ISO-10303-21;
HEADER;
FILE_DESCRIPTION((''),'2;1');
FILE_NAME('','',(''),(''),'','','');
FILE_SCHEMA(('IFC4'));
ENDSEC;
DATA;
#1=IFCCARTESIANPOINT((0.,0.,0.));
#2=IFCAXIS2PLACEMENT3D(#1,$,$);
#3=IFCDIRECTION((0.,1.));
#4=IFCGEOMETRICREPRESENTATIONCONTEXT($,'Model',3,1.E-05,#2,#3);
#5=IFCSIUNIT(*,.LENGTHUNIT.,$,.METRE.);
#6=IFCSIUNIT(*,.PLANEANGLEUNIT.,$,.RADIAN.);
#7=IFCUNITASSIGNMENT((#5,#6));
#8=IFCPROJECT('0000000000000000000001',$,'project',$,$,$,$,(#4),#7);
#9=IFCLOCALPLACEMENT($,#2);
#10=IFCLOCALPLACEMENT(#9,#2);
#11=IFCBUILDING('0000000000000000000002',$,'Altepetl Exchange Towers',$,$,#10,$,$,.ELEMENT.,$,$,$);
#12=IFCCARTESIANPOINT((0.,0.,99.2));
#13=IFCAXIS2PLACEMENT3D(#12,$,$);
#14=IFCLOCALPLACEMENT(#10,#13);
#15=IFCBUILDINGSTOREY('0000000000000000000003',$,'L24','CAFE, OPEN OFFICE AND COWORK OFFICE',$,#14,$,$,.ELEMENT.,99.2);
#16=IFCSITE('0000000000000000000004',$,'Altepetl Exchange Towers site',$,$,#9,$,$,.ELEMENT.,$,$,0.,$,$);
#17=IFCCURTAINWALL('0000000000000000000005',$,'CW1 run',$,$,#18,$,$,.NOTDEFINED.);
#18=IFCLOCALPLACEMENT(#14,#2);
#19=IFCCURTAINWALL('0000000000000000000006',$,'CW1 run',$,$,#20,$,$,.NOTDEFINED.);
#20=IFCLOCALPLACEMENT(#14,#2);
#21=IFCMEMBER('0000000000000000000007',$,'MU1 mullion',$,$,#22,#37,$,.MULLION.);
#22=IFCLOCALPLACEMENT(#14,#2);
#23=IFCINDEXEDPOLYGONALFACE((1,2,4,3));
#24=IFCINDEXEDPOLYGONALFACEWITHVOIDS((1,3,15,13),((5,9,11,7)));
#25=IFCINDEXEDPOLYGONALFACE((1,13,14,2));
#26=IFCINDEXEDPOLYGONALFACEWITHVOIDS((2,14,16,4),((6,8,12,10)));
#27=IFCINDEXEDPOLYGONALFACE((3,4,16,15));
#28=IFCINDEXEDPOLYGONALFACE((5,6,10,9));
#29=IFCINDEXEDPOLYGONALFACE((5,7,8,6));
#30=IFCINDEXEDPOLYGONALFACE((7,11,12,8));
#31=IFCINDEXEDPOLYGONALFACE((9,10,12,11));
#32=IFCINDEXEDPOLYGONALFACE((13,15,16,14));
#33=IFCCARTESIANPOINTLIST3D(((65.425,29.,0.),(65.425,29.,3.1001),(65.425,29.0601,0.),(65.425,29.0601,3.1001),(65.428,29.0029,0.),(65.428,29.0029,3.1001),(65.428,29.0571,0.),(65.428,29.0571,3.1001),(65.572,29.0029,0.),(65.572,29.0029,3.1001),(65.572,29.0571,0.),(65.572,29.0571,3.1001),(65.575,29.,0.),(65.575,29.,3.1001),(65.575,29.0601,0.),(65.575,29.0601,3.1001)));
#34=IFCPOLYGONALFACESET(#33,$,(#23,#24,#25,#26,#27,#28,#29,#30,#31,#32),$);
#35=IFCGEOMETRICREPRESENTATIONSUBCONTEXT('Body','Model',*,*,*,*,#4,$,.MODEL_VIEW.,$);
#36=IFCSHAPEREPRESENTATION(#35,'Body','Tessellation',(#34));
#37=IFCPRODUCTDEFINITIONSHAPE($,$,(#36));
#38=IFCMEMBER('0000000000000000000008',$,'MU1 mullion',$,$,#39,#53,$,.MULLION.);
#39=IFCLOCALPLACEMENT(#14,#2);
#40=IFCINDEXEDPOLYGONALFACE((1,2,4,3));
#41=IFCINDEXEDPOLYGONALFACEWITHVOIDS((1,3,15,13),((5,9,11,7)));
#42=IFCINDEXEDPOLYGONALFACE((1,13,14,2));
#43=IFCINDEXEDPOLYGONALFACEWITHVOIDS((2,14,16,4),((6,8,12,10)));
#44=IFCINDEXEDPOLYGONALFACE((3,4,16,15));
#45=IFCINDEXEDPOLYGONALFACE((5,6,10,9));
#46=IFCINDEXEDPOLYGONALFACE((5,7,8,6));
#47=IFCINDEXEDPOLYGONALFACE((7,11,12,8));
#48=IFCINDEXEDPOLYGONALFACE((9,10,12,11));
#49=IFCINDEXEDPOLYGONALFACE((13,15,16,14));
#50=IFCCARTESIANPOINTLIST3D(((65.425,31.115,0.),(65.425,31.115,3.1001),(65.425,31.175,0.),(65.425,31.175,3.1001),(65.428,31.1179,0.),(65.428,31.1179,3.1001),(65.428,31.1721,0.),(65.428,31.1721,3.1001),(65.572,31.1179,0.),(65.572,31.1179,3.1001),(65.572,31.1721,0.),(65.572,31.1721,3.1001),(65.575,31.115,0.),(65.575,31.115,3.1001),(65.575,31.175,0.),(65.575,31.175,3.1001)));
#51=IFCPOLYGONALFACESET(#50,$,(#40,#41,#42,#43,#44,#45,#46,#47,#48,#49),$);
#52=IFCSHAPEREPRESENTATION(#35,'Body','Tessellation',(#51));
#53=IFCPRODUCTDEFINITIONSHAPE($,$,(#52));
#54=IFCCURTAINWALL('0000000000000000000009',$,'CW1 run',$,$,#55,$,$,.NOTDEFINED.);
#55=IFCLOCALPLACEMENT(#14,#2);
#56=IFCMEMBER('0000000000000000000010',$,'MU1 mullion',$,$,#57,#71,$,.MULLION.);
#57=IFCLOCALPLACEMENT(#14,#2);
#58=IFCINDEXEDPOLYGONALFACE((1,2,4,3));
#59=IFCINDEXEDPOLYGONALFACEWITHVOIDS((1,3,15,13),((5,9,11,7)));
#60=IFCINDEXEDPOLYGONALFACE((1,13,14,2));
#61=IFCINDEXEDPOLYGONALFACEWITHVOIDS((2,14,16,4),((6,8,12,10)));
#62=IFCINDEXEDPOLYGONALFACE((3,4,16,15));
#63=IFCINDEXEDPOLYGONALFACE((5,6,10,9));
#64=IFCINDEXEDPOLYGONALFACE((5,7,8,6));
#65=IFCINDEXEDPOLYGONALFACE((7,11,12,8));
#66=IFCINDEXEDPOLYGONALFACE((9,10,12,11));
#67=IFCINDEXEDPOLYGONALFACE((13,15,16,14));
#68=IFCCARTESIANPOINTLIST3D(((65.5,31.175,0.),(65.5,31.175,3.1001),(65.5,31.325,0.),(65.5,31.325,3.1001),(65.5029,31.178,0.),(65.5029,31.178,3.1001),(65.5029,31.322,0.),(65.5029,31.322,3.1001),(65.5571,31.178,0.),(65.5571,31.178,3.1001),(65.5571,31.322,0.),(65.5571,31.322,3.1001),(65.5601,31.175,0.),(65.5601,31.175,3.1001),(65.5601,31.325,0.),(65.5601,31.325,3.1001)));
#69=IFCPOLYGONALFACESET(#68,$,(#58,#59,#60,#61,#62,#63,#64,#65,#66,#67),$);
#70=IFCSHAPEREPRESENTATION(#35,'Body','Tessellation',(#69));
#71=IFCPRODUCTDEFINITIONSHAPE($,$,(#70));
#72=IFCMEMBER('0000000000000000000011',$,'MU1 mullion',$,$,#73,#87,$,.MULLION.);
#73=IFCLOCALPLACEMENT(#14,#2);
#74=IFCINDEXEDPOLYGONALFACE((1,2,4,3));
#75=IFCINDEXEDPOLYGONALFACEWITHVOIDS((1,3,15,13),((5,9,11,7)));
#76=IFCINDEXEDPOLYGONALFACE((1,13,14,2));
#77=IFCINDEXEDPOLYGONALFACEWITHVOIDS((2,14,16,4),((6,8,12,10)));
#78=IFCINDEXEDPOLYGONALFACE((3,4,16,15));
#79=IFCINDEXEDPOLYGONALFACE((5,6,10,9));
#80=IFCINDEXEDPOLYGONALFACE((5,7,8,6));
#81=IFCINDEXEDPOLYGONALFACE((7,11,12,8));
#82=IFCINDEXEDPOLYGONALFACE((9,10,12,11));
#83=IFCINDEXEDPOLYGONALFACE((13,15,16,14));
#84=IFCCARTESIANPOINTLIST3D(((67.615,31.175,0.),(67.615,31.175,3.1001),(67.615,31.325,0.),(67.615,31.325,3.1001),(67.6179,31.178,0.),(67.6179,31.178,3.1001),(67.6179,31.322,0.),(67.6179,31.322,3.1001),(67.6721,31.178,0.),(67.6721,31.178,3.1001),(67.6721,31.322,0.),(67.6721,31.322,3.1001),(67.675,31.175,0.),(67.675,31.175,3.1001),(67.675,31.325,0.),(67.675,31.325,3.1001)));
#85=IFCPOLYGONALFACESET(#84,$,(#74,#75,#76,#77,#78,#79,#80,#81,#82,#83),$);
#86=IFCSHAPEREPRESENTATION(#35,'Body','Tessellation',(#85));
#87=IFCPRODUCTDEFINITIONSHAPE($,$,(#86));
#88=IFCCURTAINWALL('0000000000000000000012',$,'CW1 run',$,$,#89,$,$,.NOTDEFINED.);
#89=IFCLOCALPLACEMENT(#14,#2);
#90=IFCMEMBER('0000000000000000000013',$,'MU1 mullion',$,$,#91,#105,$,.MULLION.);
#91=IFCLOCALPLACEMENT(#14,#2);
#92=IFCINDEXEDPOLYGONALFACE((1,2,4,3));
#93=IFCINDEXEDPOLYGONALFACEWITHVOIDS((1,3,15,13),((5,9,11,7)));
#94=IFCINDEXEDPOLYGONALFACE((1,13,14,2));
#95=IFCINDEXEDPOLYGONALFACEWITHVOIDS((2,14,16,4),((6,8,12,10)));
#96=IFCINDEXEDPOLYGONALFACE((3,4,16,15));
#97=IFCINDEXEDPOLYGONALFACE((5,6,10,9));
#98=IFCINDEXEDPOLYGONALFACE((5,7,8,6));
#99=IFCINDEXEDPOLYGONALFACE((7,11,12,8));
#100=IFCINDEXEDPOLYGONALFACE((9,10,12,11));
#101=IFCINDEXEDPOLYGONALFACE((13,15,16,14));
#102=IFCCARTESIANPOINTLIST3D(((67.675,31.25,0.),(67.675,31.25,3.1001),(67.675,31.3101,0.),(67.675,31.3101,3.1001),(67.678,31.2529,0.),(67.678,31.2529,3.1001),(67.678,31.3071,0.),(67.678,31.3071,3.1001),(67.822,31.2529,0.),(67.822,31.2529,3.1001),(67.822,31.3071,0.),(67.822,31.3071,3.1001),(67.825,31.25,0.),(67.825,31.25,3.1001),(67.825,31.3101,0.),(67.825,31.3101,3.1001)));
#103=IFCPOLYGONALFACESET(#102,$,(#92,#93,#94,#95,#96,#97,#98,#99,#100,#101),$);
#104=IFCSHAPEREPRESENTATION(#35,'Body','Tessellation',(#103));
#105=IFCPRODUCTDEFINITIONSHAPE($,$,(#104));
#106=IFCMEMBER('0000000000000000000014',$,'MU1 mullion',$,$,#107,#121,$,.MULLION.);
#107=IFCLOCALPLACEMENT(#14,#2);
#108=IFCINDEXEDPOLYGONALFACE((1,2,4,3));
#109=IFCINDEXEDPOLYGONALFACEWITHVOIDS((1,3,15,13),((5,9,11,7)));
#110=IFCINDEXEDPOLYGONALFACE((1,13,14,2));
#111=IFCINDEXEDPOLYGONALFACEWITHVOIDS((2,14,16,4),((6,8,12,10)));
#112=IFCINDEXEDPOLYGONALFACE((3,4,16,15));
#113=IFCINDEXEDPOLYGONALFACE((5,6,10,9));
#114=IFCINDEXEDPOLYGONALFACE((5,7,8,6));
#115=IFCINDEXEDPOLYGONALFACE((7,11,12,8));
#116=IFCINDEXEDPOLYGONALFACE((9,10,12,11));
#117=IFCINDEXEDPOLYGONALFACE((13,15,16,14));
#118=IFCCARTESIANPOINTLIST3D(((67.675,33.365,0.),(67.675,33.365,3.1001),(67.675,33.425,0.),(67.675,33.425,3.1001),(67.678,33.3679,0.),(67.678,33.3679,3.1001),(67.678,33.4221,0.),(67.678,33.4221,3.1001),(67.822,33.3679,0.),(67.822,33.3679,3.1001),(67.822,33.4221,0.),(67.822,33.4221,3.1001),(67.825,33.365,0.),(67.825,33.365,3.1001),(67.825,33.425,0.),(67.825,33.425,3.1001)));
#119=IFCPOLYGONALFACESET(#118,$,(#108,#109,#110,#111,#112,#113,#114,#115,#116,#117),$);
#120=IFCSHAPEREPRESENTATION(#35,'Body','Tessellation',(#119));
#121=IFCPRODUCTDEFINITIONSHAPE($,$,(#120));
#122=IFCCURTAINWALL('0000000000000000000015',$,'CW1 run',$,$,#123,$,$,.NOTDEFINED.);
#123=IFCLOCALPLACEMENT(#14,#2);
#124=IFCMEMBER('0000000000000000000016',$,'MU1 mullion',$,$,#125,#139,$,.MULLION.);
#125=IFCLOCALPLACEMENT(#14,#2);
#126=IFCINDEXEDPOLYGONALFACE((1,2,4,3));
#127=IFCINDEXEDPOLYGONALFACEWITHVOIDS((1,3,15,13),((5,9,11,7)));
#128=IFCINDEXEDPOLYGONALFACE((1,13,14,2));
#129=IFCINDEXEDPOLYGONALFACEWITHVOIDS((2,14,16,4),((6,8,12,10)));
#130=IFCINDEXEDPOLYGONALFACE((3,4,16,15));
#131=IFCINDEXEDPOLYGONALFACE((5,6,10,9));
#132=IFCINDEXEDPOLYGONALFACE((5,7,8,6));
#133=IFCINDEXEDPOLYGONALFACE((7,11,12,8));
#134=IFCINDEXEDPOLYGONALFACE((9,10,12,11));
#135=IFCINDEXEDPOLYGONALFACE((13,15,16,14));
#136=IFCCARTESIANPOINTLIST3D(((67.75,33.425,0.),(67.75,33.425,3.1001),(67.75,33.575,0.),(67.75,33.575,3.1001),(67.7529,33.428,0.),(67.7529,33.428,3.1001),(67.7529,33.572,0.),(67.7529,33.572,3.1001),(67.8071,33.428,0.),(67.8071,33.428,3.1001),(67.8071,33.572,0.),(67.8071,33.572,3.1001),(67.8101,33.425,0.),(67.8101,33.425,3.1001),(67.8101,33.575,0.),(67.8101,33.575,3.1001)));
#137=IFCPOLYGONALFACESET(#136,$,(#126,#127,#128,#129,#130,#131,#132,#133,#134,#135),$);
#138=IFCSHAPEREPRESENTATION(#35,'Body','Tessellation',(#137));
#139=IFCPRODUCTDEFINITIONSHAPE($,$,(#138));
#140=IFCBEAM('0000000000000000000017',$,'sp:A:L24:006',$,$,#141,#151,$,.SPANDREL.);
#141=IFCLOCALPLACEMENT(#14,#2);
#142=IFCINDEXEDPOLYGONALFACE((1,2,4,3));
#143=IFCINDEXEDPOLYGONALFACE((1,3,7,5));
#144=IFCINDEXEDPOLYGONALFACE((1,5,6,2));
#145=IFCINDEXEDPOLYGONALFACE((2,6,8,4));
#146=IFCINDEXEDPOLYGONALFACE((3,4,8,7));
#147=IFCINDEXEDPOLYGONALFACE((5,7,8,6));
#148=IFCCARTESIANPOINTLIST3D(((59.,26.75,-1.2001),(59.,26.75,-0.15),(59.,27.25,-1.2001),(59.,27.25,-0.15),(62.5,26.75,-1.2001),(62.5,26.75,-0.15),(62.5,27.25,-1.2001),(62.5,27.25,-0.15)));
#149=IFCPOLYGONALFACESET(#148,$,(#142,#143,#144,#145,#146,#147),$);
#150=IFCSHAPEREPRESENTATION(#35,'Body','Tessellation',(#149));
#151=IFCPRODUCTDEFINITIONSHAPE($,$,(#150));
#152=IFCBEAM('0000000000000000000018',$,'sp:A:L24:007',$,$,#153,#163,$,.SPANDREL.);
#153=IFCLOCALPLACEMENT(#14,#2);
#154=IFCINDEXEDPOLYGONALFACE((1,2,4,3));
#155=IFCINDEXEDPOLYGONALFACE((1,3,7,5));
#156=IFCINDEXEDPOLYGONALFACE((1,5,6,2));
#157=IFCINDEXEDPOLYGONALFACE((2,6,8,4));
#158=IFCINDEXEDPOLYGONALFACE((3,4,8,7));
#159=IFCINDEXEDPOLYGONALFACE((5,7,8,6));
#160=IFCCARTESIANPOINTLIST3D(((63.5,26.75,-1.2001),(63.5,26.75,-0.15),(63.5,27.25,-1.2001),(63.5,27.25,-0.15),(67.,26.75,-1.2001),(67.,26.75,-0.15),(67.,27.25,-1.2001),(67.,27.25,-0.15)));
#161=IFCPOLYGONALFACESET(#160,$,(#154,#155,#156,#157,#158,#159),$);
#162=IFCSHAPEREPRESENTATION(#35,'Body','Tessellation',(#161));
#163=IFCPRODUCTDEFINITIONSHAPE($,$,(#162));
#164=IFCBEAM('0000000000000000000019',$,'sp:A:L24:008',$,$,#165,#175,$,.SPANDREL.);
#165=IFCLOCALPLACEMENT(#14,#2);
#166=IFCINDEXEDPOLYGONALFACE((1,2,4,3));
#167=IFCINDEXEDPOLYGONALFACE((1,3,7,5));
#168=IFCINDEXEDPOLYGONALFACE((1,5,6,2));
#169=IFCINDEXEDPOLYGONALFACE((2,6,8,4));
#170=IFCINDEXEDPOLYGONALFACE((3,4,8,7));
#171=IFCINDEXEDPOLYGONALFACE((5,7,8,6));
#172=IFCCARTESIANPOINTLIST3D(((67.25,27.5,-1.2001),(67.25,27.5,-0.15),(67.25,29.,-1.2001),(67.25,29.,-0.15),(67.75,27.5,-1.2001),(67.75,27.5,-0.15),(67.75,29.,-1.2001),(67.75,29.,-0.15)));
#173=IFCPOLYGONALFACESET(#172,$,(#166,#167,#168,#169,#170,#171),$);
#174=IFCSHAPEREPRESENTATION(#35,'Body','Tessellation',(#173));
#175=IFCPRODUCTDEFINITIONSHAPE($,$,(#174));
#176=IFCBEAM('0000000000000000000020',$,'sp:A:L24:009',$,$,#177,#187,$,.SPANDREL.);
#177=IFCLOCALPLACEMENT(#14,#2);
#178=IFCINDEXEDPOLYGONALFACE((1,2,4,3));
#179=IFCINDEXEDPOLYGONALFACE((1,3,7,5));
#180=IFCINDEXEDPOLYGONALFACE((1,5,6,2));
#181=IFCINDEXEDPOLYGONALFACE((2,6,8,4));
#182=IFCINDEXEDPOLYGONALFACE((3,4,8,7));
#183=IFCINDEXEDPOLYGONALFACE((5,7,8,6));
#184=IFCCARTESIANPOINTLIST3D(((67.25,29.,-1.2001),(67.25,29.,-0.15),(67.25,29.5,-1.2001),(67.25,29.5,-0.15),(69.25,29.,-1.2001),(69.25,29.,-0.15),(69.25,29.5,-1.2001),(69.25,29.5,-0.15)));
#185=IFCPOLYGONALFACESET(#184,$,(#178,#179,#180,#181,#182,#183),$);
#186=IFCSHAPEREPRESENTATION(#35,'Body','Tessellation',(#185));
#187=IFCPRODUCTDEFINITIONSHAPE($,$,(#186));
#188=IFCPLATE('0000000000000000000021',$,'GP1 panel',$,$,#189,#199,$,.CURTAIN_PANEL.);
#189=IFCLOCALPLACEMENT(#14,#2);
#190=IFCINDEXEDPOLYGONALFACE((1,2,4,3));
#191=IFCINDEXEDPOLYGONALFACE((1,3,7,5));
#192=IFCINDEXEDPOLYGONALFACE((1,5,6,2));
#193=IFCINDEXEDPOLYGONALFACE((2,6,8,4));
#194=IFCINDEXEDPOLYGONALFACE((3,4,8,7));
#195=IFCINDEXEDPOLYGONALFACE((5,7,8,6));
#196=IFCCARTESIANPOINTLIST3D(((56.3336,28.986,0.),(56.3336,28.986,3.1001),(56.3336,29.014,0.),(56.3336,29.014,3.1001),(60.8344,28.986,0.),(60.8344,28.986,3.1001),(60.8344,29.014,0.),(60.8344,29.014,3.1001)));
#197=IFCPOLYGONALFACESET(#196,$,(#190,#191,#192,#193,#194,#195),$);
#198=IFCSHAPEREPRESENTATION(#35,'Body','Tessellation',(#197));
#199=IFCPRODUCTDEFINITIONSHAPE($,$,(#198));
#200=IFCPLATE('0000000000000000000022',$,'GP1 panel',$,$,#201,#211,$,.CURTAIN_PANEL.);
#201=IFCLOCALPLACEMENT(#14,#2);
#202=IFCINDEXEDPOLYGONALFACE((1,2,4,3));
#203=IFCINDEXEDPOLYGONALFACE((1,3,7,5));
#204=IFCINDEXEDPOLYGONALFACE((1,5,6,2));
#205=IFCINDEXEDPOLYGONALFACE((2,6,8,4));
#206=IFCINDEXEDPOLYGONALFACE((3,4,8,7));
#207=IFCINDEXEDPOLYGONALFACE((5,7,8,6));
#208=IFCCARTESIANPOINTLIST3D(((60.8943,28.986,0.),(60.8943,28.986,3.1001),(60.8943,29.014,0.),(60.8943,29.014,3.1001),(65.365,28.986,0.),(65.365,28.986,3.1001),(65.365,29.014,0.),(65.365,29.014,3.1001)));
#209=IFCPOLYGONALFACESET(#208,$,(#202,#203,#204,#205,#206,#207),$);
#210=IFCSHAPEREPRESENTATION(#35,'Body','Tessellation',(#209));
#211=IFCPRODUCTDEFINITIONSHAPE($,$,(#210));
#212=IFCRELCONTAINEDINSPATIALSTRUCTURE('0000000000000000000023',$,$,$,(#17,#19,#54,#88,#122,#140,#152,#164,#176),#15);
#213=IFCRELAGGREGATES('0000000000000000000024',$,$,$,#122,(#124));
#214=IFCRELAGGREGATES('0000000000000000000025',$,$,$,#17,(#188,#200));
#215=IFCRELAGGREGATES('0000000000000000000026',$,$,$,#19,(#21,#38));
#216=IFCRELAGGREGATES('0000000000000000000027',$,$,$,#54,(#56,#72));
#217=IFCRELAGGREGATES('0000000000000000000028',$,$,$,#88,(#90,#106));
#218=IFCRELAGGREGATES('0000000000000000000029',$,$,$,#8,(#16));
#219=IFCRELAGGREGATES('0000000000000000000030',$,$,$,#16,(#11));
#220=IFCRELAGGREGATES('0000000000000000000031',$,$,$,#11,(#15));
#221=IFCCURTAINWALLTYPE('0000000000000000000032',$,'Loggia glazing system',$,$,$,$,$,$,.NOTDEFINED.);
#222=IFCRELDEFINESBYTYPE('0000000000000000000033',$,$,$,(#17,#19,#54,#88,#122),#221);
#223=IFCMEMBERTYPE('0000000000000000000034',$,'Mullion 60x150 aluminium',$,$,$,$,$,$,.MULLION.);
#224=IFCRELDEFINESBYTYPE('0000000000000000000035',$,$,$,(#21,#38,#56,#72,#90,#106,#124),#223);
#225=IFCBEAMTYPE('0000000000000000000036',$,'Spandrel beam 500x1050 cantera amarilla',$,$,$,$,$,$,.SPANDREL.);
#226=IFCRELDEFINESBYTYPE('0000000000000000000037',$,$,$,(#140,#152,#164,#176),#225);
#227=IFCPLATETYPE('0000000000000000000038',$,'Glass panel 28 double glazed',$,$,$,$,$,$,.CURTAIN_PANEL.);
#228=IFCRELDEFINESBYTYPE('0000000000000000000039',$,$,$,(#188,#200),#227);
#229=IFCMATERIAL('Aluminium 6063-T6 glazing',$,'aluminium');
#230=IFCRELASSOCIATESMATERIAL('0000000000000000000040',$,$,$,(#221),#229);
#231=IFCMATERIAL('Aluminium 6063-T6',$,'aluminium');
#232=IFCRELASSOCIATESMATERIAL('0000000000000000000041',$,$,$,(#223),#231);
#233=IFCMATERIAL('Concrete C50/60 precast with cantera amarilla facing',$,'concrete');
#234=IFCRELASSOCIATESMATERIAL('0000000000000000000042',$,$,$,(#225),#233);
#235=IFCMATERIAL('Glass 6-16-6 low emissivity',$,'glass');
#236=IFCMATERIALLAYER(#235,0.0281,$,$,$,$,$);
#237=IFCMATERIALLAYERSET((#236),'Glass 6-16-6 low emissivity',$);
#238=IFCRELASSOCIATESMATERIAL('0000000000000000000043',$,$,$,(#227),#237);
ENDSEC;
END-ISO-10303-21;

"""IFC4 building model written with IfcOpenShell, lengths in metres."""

from ifc_helpers import new_model, si_unit, direction, frame, origin, origin_2d, place, context, subcontext, project, spatial, rectangle, hollow_rectangle, extrude, material, layer, layer_set, material_profile, profile_set, type_object, element, aggregate, save


model = new_model("IFC4")

# Units and contexts
model_context = context("Model", 3, precision=1e-05, world=origin(), true_north=direction((0.0, 1.0)))
body_context = subcontext(model_context, "Body", "Model", "MODEL_VIEW")
ifc_project = project(units=[si_unit("LENGTHUNIT", "METRE"), si_unit("PLANEANGLEUNIT", "RADIAN")], contexts=[model_context])

# Site, building, storey
site_placement = place(None, origin())
site = spatial("IfcSite", under=ifc_project, at=site_placement, Name="Altepetl Exchange Towers site", CompositionType="ELEMENT", RefElevation=0.0)
building_placement = place(site_placement, origin())
building = spatial("IfcBuilding", under=site, at=building_placement, Name="Altepetl Exchange Towers", CompositionType="ELEMENT")
storey_placement = place(building_placement, frame((0.0, 0.0, 99.2)))
storey = spatial("IfcBuildingStorey", under=building, at=storey_placement, Name="L24", Description="CAFE, OPEN OFFICE AND COWORK OFFICE", CompositionType="ELEMENT", Elevation=99.2)

# Curtain walls, members
ifc_material_1 = material(Name="Aluminium 6063-T6 glazing", Category="aluminium")
curtain_wall_type = type_object("IfcCurtainWallType", Name="Loggia glazing system", PredefinedType="NOTDEFINED", material=ifc_material_1)
curtain_wall_1_placement = place(storey_placement, origin())
curtain_wall_1 = element("IfcCurtainWall", 1, at=curtain_wall_1_placement, inside=storey, type_object=curtain_wall_type, Name="CW1 run", PredefinedType="NOTDEFINED")
ifc_material_2 = material(Name="Aluminium 6063-T6", Category="aluminium")
ifc_material_profile_1 = material_profile(ifc_material_2, hollow_rectangle(XDim=0.0601, YDim=0.1499, WallThickness=0.0029, at=origin_2d()), Name="Mullion 60x150 aluminium")
ifc_profile_set_1 = profile_set([ifc_material_profile_1], Name="Aluminium 6063-T6")
member_type = type_object("IfcMemberType", Name="Mullion 60x150 aluminium", PredefinedType="MULLION", material=ifc_profile_set_1)
curtain_wall_2_placement = place(storey_placement, origin())
curtain_wall_2 = element("IfcCurtainWall", 2, at=curtain_wall_2_placement, inside=storey, type_object=curtain_wall_type, Name="CW1 run", PredefinedType="NOTDEFINED")
member_1_placement = place(storey_placement, frame((65.5, 29.03, 0.0), z_axis=(0.0, 0.0, 1.0), x_axis=(0.0, 1.0, 0.0)))
member_1 = element("IfcMember", 3, at=member_1_placement, type_object=member_type, Name="MU1 mullion", PredefinedType="MULLION", context=body_context, shape_type="SweptSolid", body=[
    extrude(hollow_rectangle(XDim=0.0601, YDim=0.1499, WallThickness=0.0029, at=origin_2d()), origin(), (0.0, 0.0, 1.0), 3.1001),
])
member_2_placement = place(storey_placement, frame((65.5, 31.145, 0.0), z_axis=(0.0, 0.0, 1.0), x_axis=(0.0, 1.0, 0.0)))
member_2 = element("IfcMember", 4, at=member_2_placement, type_object=member_type, Name="MU1 mullion", PredefinedType="MULLION", context=body_context, shape_type="SweptSolid", body=[
    extrude(hollow_rectangle(XDim=0.0601, YDim=0.1499, WallThickness=0.0029, at=origin_2d()), origin(), (0.0, 0.0, 1.0), 3.1001),
])
curtain_wall_3_placement = place(storey_placement, origin())
curtain_wall_3 = element("IfcCurtainWall", 5, at=curtain_wall_3_placement, inside=storey, type_object=curtain_wall_type, Name="CW1 run", PredefinedType="NOTDEFINED")
member_3_placement = place(storey_placement, frame((65.53, 31.25, 0.0)))
member_3 = element("IfcMember", 6, at=member_3_placement, type_object=member_type, Name="MU1 mullion", PredefinedType="MULLION", context=body_context, shape_type="SweptSolid", body=[
    extrude(hollow_rectangle(XDim=0.0601, YDim=0.1499, WallThickness=0.0029, at=origin_2d()), origin(), (0.0, 0.0, 1.0), 3.1001),
])
member_4_placement = place(storey_placement, frame((67.645, 31.25, 0.0)))
member_4 = element("IfcMember", 7, at=member_4_placement, type_object=member_type, Name="MU1 mullion", PredefinedType="MULLION", context=body_context, shape_type="SweptSolid", body=[
    extrude(hollow_rectangle(XDim=0.0601, YDim=0.1499, WallThickness=0.0029, at=origin_2d()), origin(), (0.0, 0.0, 1.0), 3.1001),
])
curtain_wall_4_placement = place(storey_placement, origin())
curtain_wall_4 = element("IfcCurtainWall", 8, at=curtain_wall_4_placement, inside=storey, type_object=curtain_wall_type, Name="CW1 run", PredefinedType="NOTDEFINED")
member_5_placement = place(storey_placement, frame((67.75, 31.28, 0.0), z_axis=(0.0, 0.0, 1.0), x_axis=(0.0, 1.0, 0.0)))
member_5 = element("IfcMember", 9, at=member_5_placement, type_object=member_type, Name="MU1 mullion", PredefinedType="MULLION", context=body_context, shape_type="SweptSolid", body=[
    extrude(hollow_rectangle(XDim=0.0601, YDim=0.1499, WallThickness=0.0029, at=origin_2d()), origin(), (0.0, 0.0, 1.0), 3.1001),
])
member_6_placement = place(storey_placement, frame((67.75, 33.395, 0.0), z_axis=(0.0, 0.0, 1.0), x_axis=(0.0, 1.0, 0.0)))
member_6 = element("IfcMember", 10, at=member_6_placement, type_object=member_type, Name="MU1 mullion", PredefinedType="MULLION", context=body_context, shape_type="SweptSolid", body=[
    extrude(hollow_rectangle(XDim=0.0601, YDim=0.1499, WallThickness=0.0029, at=origin_2d()), origin(), (0.0, 0.0, 1.0), 3.1001),
])

# Curtain wall, member
curtain_wall_5_placement = place(storey_placement, origin())
curtain_wall_5 = element("IfcCurtainWall", 11, at=curtain_wall_5_placement, inside=storey, type_object=curtain_wall_type, Name="CW1 run", PredefinedType="NOTDEFINED")
member_7_placement = place(storey_placement, frame((67.78, 33.5, 0.0)))
member_7 = element("IfcMember", 12, at=member_7_placement, type_object=member_type, Name="MU1 mullion", PredefinedType="MULLION", context=body_context, shape_type="SweptSolid", body=[
    extrude(hollow_rectangle(XDim=0.0601, YDim=0.1499, WallThickness=0.0029, at=origin_2d()), origin(), (0.0, 0.0, 1.0), 3.1001),
])
aggregate(curtain_wall_5, [member_7])

# Beams
ifc_material_3 = material(Name="Concrete C50/60 precast with cantera amarilla facing", Category="concrete")
ifc_material_profile_2 = material_profile(ifc_material_3, rectangle(XDim=0.5, YDim=1.05, at=origin_2d()), Name="500 x 1050")
ifc_profile_set_2 = profile_set([ifc_material_profile_2], Name="Concrete C50/60 precast with cantera amarilla facing")
beam_type_1 = type_object("IfcBeamType", Name="Spandrel beam 500x1050 cantera amarilla", PredefinedType="SPANDREL", material=ifc_profile_set_2)
for number, where, z_axis, x_axis, name in (
    (13, (59.0, 27.0, -0.675), (1.0, 0.0, 0.0), (0.0, 1.0, 0.0), "sp:A:L24:006"),
    (14, (63.5, 27.0, -0.675), (1.0, 0.0, 0.0), (0.0, 1.0, 0.0), "sp:A:L24:007"),
):
    element("IfcBeam", number, at=place(storey_placement, frame(where, z_axis=z_axis, x_axis=x_axis)), inside=storey, type_object=beam_type_1, Name=name, PredefinedType="SPANDREL", context=body_context, shape_type="SweptSolid", body=[
        extrude(rectangle(XDim=0.5, YDim=1.05, at=origin_2d()), origin(), (0.0, 0.0, 1.0), 3.5),
    ])
beam_1_placement = place(storey_placement, frame((67.5, 27.5, -0.675), z_axis=(0.0, 1.0, 0.0), x_axis=(-1.0, 0.0, 0.0)))
element("IfcBeam", 15, at=beam_1_placement, inside=storey, type_object=beam_type_1, Name="sp:A:L24:008", PredefinedType="SPANDREL", context=body_context, shape_type="SweptSolid", body=[
    extrude(rectangle(XDim=0.5, YDim=1.05, at=origin_2d()), origin(), (0.0, 0.0, 1.0), 1.5),
])
beam_2_placement = place(storey_placement, frame((67.25, 29.25, -0.675), z_axis=(1.0, 0.0, 0.0), x_axis=(0.0, 1.0, 0.0)))
element("IfcBeam", 16, at=beam_2_placement, inside=storey, type_object=beam_type_1, Name="sp:A:L24:009", PredefinedType="SPANDREL", context=body_context, shape_type="SweptSolid", body=[
    extrude(rectangle(XDim=0.5, YDim=1.05, at=origin_2d()), origin(), (0.0, 0.0, 1.0), 2.0),
])

# Plates
ifc_material_4 = material(Name="Glass 6-16-6 low emissivity", Category="glass")
ifc_layer_1 = layer(ifc_material_4, 0.0281)
ifc_layer_set_1 = layer_set([ifc_layer_1], Name="Glass 6-16-6 low emissivity")
plate_type = type_object("IfcPlateType", Name="Glass panel 28 double glazed", PredefinedType="CURTAIN_PANEL", material=ifc_layer_set_1)
plate_1_placement = place(storey_placement, frame((58.584, 29.0, 0.0)))
plate_1 = element("IfcPlate", 17, at=plate_1_placement, type_object=plate_type, Name="GP1 panel", PredefinedType="CURTAIN_PANEL", context=body_context, shape_type="SweptSolid", body=[
    extrude(rectangle(XDim=4.5007, YDim=0.0281, at=origin_2d()), origin(), (0.0, 0.0, 1.0), 3.1001),
])
plate_2_placement = place(storey_placement, frame((63.1296, 29.0, 0.0)))
plate_2 = element("IfcPlate", 18, at=plate_2_placement, type_object=plate_type, Name="GP1 panel", PredefinedType="CURTAIN_PANEL", context=body_context, shape_type="SweptSolid", body=[
    extrude(rectangle(XDim=4.4707, YDim=0.0281, at=origin_2d()), origin(), (0.0, 0.0, 1.0), 3.1001),
])
aggregate(curtain_wall_1, [plate_1, plate_2])
aggregate(curtain_wall_2, [member_1, member_2])
aggregate(curtain_wall_3, [member_3, member_4])
aggregate(curtain_wall_4, [member_5, member_6])

save(model, "model.ifc")
